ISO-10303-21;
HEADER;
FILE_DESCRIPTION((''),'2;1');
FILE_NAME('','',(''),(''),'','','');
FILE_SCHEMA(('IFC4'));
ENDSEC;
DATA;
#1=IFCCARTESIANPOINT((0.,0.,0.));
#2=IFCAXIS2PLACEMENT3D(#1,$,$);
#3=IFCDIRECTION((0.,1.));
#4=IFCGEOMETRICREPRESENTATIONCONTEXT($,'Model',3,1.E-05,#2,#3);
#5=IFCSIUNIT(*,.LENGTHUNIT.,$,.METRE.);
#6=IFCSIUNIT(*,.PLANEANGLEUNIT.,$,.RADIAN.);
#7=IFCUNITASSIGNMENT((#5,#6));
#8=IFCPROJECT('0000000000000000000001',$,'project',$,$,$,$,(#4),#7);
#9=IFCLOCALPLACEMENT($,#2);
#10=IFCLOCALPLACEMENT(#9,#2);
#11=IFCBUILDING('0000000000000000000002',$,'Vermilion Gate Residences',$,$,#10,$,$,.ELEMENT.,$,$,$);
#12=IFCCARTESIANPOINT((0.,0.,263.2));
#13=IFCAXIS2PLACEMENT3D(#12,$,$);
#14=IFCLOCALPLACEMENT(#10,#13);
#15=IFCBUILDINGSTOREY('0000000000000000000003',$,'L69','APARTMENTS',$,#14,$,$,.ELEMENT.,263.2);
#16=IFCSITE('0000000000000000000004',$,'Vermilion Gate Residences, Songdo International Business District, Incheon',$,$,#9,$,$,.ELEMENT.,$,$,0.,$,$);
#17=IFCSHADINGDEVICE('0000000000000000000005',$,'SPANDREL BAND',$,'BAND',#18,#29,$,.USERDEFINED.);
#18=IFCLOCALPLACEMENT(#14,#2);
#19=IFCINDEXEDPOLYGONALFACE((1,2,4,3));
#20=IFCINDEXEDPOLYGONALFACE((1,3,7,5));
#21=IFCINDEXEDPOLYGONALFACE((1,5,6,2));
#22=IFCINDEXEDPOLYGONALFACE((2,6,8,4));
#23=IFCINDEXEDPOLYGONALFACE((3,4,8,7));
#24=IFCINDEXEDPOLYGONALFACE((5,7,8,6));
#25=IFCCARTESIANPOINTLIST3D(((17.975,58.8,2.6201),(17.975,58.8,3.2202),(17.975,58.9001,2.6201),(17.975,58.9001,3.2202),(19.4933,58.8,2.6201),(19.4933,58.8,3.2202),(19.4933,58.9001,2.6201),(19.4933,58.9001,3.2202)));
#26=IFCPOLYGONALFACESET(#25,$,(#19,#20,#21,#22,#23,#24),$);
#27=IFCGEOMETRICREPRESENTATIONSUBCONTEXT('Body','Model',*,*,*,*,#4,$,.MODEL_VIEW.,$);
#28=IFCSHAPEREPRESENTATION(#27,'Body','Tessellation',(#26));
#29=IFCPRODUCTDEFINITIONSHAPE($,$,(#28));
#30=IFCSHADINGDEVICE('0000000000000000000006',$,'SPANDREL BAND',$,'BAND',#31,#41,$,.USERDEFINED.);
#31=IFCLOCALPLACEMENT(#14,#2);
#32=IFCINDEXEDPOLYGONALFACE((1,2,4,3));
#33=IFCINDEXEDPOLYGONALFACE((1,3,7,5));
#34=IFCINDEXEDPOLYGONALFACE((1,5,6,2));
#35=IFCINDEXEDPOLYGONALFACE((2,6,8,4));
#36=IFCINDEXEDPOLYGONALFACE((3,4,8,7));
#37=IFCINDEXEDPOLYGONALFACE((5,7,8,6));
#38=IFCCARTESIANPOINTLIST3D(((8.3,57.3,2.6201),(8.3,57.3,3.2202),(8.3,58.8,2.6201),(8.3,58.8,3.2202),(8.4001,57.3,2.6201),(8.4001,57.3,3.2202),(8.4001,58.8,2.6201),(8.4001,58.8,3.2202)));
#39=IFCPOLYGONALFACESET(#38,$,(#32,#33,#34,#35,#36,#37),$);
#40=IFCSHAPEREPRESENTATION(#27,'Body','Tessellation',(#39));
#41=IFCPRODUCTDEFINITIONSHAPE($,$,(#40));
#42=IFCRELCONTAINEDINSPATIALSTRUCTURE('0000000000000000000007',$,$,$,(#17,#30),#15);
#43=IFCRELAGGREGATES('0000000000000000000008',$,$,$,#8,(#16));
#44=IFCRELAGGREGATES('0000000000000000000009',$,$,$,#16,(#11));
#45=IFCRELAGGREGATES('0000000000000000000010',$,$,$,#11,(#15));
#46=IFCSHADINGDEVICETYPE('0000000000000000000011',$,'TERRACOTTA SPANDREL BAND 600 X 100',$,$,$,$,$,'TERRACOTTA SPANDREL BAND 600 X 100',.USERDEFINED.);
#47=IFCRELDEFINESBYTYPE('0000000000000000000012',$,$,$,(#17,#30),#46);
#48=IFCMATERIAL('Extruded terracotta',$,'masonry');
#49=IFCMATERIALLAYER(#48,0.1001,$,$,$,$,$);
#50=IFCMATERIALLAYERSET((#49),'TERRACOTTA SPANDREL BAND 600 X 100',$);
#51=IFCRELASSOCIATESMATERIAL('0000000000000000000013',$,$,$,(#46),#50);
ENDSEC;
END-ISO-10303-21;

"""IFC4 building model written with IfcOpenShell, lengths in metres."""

from ifc_helpers import new_model, si_unit, direction, frame, origin, origin_2d, place, context, subcontext, project, spatial, rectangle, extrude, material, layer, layer_set, type_object, element, save


model = new_model("IFC4")

# Units and contexts
model_context = context("Model", 3, precision=1e-05, world=origin(), true_north=direction((0.0, 1.0)))
body_context = subcontext(model_context, "Body", "Model", "MODEL_VIEW")
ifc_project = project(units=[si_unit("LENGTHUNIT", "METRE"), si_unit("PLANEANGLEUNIT", "RADIAN")], contexts=[model_context])

# Site, building, storey
site_placement = place(None, origin())
site = spatial("IfcSite", under=ifc_project, at=site_placement, Name="Vermilion Gate Residences, Songdo International Business District, Incheon", CompositionType="ELEMENT", RefElevation=0.0)
building_placement = place(site_placement, origin())
building = spatial("IfcBuilding", under=site, at=building_placement, Name="Vermilion Gate Residences", CompositionType="ELEMENT")
storey_placement = place(building_placement, frame((0.0, 0.0, 263.2)))
storey = spatial("IfcBuildingStorey", under=building, at=storey_placement, Name="L69", Description="APARTMENTS", CompositionType="ELEMENT", Elevation=263.2)

# Shading devices
ifc_material_1 = material(Name="Extruded terracotta", Category="masonry")
ifc_layer_1 = layer(ifc_material_1, 0.1001)
ifc_layer_set_1 = layer_set([ifc_layer_1], Name="TERRACOTTA SPANDREL BAND 600 X 100")
shading_device_type = type_object("IfcShadingDeviceType", Name="TERRACOTTA SPANDREL BAND 600 X 100", ElementType="TERRACOTTA SPANDREL BAND 600 X 100", PredefinedType="USERDEFINED", material=ifc_layer_set_1)
shading_device_1_placement = place(storey_placement, frame((18.7341, 58.8501, 2.6201), z_axis=(0.0, 0.0, 1.0), x_axis=(1.0, 0.0, 0.0)))
element("IfcShadingDevice", 1, at=shading_device_1_placement, inside=storey, type_object=shading_device_type, Name="SPANDREL BAND", ObjectType="BAND", PredefinedType="USERDEFINED", context=body_context, shape_type="SweptSolid", body=[
    extrude(rectangle(XDim=1.5183, YDim=0.1001, at=origin_2d()), origin(), (0.0, 0.0, 1.0), 0.6001),
])
shading_device_2_placement = place(storey_placement, frame((8.3501, 58.05, 2.6201), z_axis=(0.0, 0.0, 1.0), x_axis=(0.0, 1.0, 0.0)))
element("IfcShadingDevice", 2, at=shading_device_2_placement, inside=storey, type_object=shading_device_type, Name="SPANDREL BAND", ObjectType="BAND", PredefinedType="USERDEFINED", context=body_context, shape_type="SweptSolid", body=[
    extrude(rectangle(XDim=1.5, YDim=0.1001, at=origin_2d()), origin(), (0.0, 0.0, 1.0), 0.6001),
])

save(model, "model.ifc")
